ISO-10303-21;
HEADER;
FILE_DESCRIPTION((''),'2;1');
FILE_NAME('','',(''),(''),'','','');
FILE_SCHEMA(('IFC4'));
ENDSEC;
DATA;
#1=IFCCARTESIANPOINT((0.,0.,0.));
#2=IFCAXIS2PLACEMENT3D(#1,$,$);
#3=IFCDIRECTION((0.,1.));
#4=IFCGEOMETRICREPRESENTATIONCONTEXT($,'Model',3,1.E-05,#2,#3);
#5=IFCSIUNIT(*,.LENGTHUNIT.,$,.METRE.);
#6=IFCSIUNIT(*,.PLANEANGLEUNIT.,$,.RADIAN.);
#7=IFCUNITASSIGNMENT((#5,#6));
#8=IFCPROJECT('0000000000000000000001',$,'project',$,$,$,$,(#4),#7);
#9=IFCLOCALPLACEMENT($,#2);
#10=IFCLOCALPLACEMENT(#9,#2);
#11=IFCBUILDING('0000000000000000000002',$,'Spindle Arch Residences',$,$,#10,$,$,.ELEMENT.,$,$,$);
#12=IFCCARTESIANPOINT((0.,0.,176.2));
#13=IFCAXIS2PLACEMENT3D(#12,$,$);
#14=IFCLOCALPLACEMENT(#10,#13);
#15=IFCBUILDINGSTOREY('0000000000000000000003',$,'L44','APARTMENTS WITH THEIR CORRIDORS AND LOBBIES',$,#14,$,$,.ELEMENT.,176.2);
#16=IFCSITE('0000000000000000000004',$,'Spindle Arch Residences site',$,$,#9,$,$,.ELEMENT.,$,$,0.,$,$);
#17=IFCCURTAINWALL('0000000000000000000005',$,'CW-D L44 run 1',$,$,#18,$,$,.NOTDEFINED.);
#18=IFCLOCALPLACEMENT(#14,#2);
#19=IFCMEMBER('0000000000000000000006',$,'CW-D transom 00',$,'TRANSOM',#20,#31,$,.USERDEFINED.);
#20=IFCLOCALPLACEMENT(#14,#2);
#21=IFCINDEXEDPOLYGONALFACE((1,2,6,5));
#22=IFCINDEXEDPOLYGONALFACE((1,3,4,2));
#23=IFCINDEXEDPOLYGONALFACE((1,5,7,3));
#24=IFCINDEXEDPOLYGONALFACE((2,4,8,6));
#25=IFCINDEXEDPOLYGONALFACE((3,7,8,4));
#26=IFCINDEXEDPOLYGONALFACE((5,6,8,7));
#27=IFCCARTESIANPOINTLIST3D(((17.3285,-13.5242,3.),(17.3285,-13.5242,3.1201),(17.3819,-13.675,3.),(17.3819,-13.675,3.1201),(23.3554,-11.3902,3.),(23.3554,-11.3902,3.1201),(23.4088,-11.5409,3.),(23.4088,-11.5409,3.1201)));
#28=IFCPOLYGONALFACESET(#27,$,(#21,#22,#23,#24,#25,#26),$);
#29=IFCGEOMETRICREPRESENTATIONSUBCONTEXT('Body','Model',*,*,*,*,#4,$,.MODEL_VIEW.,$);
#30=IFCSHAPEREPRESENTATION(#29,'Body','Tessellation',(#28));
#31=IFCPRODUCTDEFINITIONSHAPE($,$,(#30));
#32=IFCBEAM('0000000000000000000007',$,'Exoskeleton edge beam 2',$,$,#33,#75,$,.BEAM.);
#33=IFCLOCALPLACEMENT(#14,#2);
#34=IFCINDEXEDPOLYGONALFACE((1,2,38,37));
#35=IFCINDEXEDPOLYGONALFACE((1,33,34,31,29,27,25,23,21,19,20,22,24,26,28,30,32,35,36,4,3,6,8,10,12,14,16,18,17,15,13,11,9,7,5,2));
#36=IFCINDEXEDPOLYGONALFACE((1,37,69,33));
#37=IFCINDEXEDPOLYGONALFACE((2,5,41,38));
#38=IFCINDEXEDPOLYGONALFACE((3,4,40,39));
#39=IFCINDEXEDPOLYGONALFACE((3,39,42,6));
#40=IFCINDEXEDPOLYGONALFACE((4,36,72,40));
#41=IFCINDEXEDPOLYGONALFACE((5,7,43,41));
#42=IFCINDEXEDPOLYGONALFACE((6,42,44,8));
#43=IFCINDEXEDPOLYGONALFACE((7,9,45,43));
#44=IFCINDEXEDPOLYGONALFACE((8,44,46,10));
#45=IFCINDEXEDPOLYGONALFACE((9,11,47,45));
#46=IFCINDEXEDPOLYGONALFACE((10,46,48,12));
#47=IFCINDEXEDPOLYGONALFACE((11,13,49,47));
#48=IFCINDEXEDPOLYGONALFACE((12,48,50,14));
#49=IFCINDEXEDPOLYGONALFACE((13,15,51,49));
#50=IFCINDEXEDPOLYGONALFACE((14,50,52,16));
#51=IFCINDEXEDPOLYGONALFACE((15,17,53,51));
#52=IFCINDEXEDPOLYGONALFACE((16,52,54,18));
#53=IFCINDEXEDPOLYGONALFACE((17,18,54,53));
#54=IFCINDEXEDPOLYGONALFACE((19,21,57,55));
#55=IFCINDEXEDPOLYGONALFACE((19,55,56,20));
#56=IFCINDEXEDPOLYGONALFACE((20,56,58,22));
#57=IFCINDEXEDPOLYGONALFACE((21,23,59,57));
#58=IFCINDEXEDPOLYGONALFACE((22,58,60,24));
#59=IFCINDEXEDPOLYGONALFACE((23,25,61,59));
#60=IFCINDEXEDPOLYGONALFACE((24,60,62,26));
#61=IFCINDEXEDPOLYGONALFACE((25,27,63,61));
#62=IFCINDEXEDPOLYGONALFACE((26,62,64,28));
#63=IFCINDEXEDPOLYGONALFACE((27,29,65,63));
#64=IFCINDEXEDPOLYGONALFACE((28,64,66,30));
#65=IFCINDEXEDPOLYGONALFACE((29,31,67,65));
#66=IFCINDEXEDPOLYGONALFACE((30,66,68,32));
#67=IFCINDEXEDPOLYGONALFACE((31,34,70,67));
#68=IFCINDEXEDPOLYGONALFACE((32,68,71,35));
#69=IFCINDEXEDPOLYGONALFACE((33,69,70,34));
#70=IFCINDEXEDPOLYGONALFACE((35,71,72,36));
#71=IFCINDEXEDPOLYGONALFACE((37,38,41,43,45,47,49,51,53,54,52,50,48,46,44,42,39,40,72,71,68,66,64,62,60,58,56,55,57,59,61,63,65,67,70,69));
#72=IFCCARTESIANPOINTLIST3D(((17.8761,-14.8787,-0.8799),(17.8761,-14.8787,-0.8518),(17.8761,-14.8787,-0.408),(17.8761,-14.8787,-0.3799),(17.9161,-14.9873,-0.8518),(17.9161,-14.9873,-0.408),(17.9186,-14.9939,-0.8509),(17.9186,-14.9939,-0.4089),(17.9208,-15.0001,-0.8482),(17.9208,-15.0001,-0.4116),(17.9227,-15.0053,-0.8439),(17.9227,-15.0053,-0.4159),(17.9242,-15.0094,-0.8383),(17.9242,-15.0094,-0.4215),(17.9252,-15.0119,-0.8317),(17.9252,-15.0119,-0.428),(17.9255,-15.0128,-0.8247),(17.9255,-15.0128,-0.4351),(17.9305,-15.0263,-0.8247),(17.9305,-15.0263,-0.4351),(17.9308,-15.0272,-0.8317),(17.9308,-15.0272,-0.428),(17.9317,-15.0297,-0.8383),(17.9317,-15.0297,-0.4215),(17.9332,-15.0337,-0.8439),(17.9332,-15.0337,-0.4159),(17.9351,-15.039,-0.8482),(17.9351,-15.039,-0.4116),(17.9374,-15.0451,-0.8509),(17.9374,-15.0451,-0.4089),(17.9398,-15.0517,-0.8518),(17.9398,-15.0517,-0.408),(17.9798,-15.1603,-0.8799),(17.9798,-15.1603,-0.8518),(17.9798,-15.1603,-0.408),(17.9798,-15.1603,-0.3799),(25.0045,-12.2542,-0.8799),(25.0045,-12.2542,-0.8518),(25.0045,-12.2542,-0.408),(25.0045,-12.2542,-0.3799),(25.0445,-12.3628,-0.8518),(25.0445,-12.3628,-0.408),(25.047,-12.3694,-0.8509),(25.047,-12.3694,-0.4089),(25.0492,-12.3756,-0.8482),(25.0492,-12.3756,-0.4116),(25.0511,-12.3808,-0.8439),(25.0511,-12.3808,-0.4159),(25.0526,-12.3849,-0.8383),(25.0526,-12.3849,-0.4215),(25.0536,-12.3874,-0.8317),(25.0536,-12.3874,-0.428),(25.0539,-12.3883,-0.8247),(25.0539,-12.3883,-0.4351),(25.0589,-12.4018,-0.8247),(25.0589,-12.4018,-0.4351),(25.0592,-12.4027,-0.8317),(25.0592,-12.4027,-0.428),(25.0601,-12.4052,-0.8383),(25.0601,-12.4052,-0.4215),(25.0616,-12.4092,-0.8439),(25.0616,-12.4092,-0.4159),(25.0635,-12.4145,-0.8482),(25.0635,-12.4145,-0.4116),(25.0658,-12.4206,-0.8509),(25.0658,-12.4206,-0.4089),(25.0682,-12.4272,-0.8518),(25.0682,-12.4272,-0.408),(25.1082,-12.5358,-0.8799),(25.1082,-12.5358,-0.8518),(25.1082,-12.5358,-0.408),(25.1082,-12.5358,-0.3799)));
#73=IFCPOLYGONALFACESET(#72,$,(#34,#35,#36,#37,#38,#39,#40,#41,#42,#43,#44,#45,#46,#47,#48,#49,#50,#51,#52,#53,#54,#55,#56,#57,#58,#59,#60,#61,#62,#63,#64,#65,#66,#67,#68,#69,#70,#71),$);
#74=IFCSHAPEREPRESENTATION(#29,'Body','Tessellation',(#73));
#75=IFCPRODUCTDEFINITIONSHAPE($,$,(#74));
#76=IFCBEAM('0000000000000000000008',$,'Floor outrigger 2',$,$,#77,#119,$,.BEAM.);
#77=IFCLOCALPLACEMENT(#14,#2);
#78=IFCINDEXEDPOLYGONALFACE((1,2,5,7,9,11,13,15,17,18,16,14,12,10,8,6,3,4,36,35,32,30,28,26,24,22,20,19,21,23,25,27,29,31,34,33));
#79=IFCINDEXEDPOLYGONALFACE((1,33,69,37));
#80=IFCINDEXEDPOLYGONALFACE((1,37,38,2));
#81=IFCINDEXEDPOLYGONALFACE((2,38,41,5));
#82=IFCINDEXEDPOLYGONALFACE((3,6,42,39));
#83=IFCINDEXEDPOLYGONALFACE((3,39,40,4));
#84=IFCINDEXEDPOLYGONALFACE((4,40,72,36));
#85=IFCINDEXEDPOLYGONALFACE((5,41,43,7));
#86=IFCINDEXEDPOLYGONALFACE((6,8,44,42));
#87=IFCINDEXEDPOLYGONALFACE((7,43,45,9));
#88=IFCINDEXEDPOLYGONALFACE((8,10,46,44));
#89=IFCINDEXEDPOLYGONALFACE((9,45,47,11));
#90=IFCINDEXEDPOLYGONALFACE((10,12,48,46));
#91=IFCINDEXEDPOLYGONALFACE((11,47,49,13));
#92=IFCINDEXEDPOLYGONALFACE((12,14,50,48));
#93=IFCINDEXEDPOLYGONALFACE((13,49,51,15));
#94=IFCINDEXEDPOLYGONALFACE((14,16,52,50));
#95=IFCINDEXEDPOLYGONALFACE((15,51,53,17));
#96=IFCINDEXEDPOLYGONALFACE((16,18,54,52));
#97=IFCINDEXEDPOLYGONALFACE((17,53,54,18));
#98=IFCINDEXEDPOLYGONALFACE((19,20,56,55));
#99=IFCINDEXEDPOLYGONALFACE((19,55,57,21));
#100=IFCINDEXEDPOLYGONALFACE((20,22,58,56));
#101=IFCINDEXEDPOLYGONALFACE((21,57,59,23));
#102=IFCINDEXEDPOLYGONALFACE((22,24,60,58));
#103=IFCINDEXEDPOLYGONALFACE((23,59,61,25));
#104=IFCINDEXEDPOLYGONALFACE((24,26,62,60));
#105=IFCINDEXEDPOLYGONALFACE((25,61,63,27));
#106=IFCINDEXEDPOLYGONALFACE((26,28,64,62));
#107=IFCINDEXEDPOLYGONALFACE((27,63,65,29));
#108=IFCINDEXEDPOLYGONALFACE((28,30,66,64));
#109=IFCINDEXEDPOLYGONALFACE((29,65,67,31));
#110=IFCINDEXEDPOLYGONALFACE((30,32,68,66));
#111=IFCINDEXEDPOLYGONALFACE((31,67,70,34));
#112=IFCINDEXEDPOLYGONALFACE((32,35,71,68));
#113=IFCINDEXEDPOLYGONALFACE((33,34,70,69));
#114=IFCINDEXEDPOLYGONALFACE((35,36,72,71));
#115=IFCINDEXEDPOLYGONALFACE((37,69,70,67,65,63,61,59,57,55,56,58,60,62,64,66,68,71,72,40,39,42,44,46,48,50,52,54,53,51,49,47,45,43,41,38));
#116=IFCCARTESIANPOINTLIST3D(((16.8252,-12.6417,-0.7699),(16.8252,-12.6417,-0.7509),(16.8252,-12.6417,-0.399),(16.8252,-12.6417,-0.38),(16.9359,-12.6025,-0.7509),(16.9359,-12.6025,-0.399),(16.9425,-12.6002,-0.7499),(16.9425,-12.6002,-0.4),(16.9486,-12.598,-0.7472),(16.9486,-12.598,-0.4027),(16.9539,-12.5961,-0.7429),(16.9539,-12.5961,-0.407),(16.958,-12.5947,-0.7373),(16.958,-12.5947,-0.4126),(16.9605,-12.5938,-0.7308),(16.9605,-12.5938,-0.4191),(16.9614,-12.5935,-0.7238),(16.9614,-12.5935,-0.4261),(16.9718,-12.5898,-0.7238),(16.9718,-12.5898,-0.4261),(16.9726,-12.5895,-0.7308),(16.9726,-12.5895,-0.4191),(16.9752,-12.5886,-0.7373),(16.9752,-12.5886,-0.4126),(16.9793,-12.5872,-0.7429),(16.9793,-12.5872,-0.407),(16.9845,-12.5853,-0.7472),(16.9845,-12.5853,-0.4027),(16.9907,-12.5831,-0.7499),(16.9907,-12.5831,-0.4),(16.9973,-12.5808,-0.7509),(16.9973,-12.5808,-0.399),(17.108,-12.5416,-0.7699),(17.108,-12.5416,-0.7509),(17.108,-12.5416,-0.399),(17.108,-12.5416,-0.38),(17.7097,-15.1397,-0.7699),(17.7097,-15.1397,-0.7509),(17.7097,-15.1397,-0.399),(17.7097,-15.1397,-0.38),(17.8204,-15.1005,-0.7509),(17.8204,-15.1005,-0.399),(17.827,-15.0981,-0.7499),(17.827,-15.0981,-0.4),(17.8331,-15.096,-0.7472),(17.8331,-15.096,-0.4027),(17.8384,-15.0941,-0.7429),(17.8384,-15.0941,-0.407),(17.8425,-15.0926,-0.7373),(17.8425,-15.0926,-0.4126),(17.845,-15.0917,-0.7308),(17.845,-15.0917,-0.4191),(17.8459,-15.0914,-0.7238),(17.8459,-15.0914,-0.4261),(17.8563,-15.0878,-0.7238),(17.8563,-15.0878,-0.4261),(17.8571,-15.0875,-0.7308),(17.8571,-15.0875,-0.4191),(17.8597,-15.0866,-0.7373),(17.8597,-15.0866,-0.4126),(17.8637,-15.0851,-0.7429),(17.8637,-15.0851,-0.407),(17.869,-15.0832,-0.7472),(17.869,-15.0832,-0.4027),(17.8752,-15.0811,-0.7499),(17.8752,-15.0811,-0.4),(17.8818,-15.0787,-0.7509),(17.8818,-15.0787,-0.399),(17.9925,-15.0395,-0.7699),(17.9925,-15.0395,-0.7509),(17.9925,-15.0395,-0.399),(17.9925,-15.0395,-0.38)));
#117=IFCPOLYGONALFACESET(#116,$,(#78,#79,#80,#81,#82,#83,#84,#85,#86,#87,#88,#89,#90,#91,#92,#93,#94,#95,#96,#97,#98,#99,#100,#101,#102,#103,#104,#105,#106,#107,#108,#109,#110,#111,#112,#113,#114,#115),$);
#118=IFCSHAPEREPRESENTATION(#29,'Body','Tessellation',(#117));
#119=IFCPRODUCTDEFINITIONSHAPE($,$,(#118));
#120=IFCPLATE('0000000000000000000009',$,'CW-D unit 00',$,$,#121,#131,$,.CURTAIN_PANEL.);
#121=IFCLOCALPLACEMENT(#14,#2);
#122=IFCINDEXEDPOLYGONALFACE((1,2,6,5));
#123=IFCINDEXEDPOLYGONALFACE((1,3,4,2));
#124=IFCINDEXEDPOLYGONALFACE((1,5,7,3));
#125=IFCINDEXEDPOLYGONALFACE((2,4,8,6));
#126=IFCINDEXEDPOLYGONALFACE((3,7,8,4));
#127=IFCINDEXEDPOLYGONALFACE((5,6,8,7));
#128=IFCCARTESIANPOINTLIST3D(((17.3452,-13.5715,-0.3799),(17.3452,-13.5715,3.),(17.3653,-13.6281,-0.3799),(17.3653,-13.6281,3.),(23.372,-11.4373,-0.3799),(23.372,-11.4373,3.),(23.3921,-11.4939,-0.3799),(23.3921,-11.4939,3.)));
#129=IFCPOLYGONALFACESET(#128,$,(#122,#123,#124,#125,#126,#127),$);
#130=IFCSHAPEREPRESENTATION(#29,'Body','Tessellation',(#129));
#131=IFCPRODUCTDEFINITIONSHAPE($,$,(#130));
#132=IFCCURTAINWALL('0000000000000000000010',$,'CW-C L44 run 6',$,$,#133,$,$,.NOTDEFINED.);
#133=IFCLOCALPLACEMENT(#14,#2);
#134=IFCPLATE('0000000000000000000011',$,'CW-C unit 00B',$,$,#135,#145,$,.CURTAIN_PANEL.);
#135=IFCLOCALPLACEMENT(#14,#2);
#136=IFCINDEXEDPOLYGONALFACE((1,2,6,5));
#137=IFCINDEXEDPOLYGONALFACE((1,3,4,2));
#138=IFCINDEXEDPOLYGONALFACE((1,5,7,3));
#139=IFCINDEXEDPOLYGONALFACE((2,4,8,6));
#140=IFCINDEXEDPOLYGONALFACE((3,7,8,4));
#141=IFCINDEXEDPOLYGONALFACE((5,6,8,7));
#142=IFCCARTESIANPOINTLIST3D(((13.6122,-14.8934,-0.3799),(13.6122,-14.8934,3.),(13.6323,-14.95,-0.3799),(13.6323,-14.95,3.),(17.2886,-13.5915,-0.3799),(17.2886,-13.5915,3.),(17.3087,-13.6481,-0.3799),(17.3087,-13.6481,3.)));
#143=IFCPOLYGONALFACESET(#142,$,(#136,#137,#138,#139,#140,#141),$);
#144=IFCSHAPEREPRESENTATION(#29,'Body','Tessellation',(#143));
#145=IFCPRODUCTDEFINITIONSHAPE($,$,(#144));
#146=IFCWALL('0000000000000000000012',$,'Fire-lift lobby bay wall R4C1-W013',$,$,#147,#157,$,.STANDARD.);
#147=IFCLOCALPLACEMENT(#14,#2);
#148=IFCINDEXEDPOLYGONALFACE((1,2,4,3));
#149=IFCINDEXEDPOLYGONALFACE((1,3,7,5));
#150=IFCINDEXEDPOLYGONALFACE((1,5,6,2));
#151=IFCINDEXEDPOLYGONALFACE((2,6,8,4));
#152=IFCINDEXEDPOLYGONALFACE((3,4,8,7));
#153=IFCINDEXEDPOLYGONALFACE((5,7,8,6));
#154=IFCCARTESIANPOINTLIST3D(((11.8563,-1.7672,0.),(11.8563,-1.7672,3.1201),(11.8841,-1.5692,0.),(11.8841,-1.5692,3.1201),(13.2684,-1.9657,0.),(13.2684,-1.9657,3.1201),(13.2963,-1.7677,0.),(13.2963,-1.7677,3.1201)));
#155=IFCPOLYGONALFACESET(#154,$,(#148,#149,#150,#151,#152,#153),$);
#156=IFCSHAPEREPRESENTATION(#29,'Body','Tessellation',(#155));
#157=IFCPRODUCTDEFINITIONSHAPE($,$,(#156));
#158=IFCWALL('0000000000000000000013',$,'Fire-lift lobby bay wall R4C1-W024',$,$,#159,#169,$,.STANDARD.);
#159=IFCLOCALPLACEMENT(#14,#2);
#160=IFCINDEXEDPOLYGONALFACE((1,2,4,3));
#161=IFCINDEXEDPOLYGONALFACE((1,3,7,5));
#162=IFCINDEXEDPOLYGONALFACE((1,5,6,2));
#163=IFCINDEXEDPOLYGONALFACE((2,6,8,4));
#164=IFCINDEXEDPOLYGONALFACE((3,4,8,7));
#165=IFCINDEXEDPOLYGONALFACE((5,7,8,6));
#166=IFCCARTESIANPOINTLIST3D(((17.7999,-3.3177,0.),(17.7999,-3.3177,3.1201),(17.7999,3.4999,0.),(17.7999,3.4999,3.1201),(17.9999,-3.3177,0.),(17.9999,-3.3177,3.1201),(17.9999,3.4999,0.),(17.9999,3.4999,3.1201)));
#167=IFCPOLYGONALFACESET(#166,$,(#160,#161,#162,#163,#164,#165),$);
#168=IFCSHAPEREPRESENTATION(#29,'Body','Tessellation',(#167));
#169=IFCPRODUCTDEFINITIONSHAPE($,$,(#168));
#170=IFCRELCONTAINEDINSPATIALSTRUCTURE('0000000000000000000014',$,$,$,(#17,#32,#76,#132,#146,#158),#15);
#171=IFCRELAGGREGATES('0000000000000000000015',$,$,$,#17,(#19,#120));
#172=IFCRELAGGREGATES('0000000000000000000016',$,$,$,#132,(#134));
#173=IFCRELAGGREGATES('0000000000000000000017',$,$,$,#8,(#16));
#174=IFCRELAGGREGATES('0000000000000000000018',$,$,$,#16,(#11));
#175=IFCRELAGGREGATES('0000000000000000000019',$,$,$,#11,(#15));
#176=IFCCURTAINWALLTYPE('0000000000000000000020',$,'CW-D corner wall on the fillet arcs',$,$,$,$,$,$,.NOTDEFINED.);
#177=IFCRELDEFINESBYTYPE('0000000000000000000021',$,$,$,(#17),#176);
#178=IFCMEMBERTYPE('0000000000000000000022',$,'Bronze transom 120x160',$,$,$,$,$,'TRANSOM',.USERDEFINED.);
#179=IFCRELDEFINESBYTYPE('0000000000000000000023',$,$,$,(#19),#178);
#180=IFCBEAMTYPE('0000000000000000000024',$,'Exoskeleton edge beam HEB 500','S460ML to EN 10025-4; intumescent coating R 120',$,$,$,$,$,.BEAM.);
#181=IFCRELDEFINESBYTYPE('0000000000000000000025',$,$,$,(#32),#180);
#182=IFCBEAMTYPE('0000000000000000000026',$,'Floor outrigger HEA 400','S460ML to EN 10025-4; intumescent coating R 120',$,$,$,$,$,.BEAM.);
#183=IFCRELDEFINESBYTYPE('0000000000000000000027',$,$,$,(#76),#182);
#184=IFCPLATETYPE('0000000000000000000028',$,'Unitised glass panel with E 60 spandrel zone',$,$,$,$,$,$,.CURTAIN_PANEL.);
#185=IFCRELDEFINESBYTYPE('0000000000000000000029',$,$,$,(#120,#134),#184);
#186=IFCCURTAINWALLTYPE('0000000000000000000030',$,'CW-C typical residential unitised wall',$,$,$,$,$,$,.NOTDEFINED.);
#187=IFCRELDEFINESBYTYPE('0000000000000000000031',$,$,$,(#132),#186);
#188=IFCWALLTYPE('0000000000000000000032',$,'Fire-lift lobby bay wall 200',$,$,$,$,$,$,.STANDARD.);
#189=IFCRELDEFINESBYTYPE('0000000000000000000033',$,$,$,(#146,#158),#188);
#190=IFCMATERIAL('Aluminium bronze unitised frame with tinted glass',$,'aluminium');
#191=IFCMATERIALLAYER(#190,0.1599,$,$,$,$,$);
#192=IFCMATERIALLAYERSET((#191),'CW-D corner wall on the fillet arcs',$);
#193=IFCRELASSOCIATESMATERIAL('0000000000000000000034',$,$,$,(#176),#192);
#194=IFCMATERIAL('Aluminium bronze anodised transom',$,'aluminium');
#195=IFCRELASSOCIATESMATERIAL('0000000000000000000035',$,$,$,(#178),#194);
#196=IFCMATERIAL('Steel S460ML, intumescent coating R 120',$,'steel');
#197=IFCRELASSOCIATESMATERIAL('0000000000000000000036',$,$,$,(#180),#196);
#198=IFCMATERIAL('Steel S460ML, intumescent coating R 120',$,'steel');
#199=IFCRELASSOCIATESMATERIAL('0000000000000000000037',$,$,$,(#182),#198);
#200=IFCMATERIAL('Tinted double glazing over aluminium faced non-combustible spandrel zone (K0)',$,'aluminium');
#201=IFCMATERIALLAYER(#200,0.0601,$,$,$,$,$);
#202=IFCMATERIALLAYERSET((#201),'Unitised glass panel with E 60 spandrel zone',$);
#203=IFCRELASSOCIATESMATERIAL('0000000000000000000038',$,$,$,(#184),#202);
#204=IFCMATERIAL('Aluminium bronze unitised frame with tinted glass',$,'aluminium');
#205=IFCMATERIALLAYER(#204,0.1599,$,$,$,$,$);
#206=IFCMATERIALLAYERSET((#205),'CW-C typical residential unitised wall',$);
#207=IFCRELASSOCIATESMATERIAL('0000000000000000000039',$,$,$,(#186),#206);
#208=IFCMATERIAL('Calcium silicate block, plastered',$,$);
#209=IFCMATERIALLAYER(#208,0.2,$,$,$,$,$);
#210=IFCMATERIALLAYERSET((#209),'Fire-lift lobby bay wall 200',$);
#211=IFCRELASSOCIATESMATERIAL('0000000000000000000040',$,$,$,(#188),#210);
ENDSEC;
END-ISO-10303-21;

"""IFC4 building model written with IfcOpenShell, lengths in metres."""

from ifc_helpers import new_model, si_unit, direction, frame, frame_2d, origin, origin_2d, place, context, subcontext, project, spatial, rectangle, i_section, extrude, material, layer, layer_set, material_profile, profile_set, type_object, element, aggregate, save


model = new_model("IFC4")

# Units and contexts
model_context = context("Model", 3, precision=1e-05, world=origin(), true_north=direction((0.0, 1.0)))
body_context = subcontext(model_context, "Body", "Model", "MODEL_VIEW")
ifc_project = project(units=[si_unit("LENGTHUNIT", "METRE"), si_unit("PLANEANGLEUNIT", "RADIAN")], contexts=[model_context])

# Site, building, storey
site_placement = place(None, origin())
site = spatial("IfcSite", under=ifc_project, at=site_placement, Name="Spindle Arch Residences site", CompositionType="ELEMENT", RefElevation=0.0)
building_placement = place(site_placement, origin())
building = spatial("IfcBuilding", under=site, at=building_placement, Name="Spindle Arch Residences", CompositionType="ELEMENT")
storey_placement = place(building_placement, frame((0.0, 0.0, 176.2)))
storey = spatial("IfcBuildingStorey", under=building, at=storey_placement, Name="L44", Description="APARTMENTS WITH THEIR CORRIDORS AND LOBBIES", CompositionType="ELEMENT", Elevation=176.2)

# Curtain wall, member
ifc_material_1 = material(Name="Aluminium bronze unitised frame with tinted glass", Category="aluminium")
ifc_layer_1 = layer(ifc_material_1, 0.1599)
ifc_layer_set_1 = layer_set([ifc_layer_1], Name="CW-D corner wall on the fillet arcs")
curtain_wall_type_1 = type_object("IfcCurtainWallType", Name="CW-D corner wall on the fillet arcs", PredefinedType="NOTDEFINED", material=ifc_layer_set_1)
curtain_wall_1_placement = place(storey_placement, origin())
curtain_wall_1 = element("IfcCurtainWall", 1, at=curtain_wall_1_placement, inside=storey, type_object=curtain_wall_type_1, Name="CW-D L44 run 1", PredefinedType="NOTDEFINED")
ifc_material_2 = material(Name="Aluminium bronze anodised transom", Category="aluminium")
ifc_material_profile_1 = material_profile(ifc_material_2, rectangle(XDim=0.1599, YDim=0.1201, at=origin_2d()), Name="TR 120x160")
ifc_profile_set_1 = profile_set([ifc_material_profile_1], Name="Aluminium bronze anodised transom")
member_type_1 = type_object("IfcMemberType", Name="Bronze transom 120x160", ElementType="TRANSOM", PredefinedType="USERDEFINED", material=ifc_profile_set_1)
member_1_placement = place(storey_placement, frame((17.3552, -13.5996, 3.0601), z_axis=(0.942651, 0.333781, 0.0), x_axis=(-0.333781, 0.942651, 0.0)))
member_1 = element("IfcMember", 2, at=member_1_placement, type_object=member_type_1, Name="CW-D transom 00", ObjectType="TRANSOM", PredefinedType="USERDEFINED", context=body_context, shape_type="SweptSolid", body=[
    extrude(rectangle(XDim=0.1599, YDim=0.1201, at=origin_2d()), origin(), (0.0, 0.0, 1.0), 6.3936),
])

# Beams
ifc_material_3 = material(Name="Steel S460ML, intumescent coating R 120", Category="steel")
ifc_material_profile_2 = material_profile(ifc_material_3, i_section(OverallWidth=0.3, OverallDepth=0.5, WebThickness=0.0144, FlangeThickness=0.0281, FilletRadius=0.0271, at=origin_2d()), Name="HEB 500")
ifc_profile_set_2 = profile_set([ifc_material_profile_2], Name="Steel S460ML, intumescent coating R 120")
beam_type_1 = type_object("IfcBeamType", Name="Exoskeleton edge beam HEB 500", Description="S460ML to EN 10025-4; intumescent coating R 120", PredefinedType="BEAM", material=ifc_profile_set_2)
beam_1_placement = place(storey_placement, frame((17.928, -15.0195, -0.6299), z_axis=(0.938418, 0.345503, 0.0), x_axis=(-0.345503, 0.938418, 0.0)))
element("IfcBeam", 3, at=beam_1_placement, inside=storey, type_object=beam_type_1, Name="Exoskeleton edge beam 2", PredefinedType="BEAM", context=body_context, shape_type="SweptSolid", body=[
    extrude(i_section(OverallWidth=0.3, OverallDepth=0.5, WebThickness=0.0144, FlangeThickness=0.0281, FilletRadius=0.0271, at=origin_2d()), origin(), (0.0, 0.0, 1.0), 7.5962),
])
ifc_material_4 = material(Name="Steel S460ML, intumescent coating R 120", Category="steel")
ifc_material_profile_3 = material_profile(ifc_material_4, i_section(OverallWidth=0.3, OverallDepth=0.3899, WebThickness=0.011, FlangeThickness=0.019, FilletRadius=0.0271, at=origin_2d()), Name="HEA 400")
ifc_profile_set_3 = profile_set([ifc_material_profile_3], Name="Steel S460ML, intumescent coating R 120")
beam_type_2 = type_object("IfcBeamType", Name="Floor outrigger HEA 400", Description="S460ML to EN 10025-4; intumescent coating R 120", PredefinedType="BEAM", material=ifc_profile_set_3)
beam_2_placement = place(storey_placement, frame((17.8511, -15.0896, -0.575), z_axis=(-0.333779, 0.942651, 0.0), x_axis=(-0.942651, -0.333779, 0.0)))
element("IfcBeam", 4, at=beam_2_placement, inside=storey, type_object=beam_type_2, Name="Floor outrigger 2", PredefinedType="BEAM", context=body_context, shape_type="SweptSolid", body=[
    extrude(i_section(OverallWidth=0.3, OverallDepth=0.3899, WebThickness=0.011, FlangeThickness=0.019, FilletRadius=0.0271, at=origin_2d()), origin(), (0.0, 0.0, 1.0), 2.6499),
])

# Plate
ifc_material_5 = material(Name="Tinted double glazing over aluminium faced non-combustible spandrel zone (K0)", Category="aluminium")
ifc_layer_2 = layer(ifc_material_5, 0.0601)
ifc_layer_set_2 = layer_set([ifc_layer_2], Name="Unitised glass panel with E 60 spandrel zone")
plate_type = type_object("IfcPlateType", Name="Unitised glass panel with E 60 spandrel zone", PredefinedType="CURTAIN_PANEL", material=ifc_layer_set_2)
plate_1_placement = place(storey_placement, frame((20.3687, -12.5327, -0.3799), z_axis=(0.0, 0.0, 1.0), x_axis=(0.942641, 0.333807, 0.0)))
plate_1 = element("IfcPlate", 5, at=plate_1_placement, type_object=plate_type, Name="CW-D unit 00", PredefinedType="CURTAIN_PANEL", context=body_context, shape_type="SweptSolid", body=[
    extrude(rectangle(XDim=6.3936, YDim=0.0601, at=origin_2d()), origin(), (0.0, 0.0, 1.0), 3.3799),
])
aggregate(curtain_wall_1, [member_1, plate_1])

# Curtain wall, plate
ifc_material_6 = material(Name="Aluminium bronze unitised frame with tinted glass", Category="aluminium")
ifc_layer_3 = layer(ifc_material_6, 0.1599)
ifc_layer_set_3 = layer_set([ifc_layer_3], Name="CW-C typical residential unitised wall")
curtain_wall_type_2 = type_object("IfcCurtainWallType", Name="CW-C typical residential unitised wall", PredefinedType="NOTDEFINED", material=ifc_layer_set_3)
curtain_wall_2_placement = place(storey_placement, origin())
curtain_wall_2 = element("IfcCurtainWall", 6, at=curtain_wall_2_placement, inside=storey, type_object=curtain_wall_type_2, Name="CW-C L44 run 6", PredefinedType="NOTDEFINED")
plate_2_placement = place(storey_placement, frame((15.4604, -14.2708, -0.3799), z_axis=(0.0, 0.0, 1.0), x_axis=(0.942641, 0.333807, 0.0)))
plate_2 = element("IfcPlate", 7, at=plate_2_placement, type_object=plate_type, Name="CW-C unit 00B", PredefinedType="CURTAIN_PANEL", context=body_context, shape_type="SweptSolid", body=[
    extrude(rectangle(XDim=3.9001, YDim=0.0601, at=origin_2d()), origin(), (0.0, 0.0, 1.0), 3.3799),
])
aggregate(curtain_wall_2, [plate_2])

# Walls
ifc_material_7 = material(Name="Calcium silicate block, plastered")
ifc_layer_4 = layer(ifc_material_7, 0.2)
ifc_layer_set_4 = layer_set([ifc_layer_4], Name="Fire-lift lobby bay wall 200")
wall_type_1 = type_object("IfcWallType", Name="Fire-lift lobby bay wall 200", PredefinedType="STANDARD", material=ifc_layer_set_4)
wall_1_placement = place(storey_placement, frame((13.2822, -1.8667, 0.0), z_axis=(0.0, 0.0, 1.0), x_axis=(-0.990265, 0.139192, 0.0)))
element("IfcWall", 8, at=wall_1_placement, inside=storey, type_object=wall_type_1, Name="Fire-lift lobby bay wall R4C1-W013", PredefinedType="STANDARD", context=body_context, shape_type="SweptSolid", body=[
    extrude(rectangle(XDim=1.426, YDim=0.2, at=frame_2d((0.7129, 0.0))), origin(), (0.0, 0.0, 1.0), 3.1201),
])
wall_2_placement = place(storey_placement, frame((17.8999, -3.3176, 0.0), z_axis=(0.0, 0.0, 1.0), x_axis=(0.0, 1.0, 0.0)))
element("IfcWall", 9, at=wall_2_placement, inside=storey, type_object=wall_type_1, Name="Fire-lift lobby bay wall R4C1-W024", PredefinedType="STANDARD", context=body_context, shape_type="SweptSolid", body=[
    extrude(rectangle(XDim=6.8176, YDim=0.2, at=frame_2d((3.4087, 0.0))), origin(), (0.0, 0.0, 1.0), 3.1201),
])

save(model, "model.ifc")
